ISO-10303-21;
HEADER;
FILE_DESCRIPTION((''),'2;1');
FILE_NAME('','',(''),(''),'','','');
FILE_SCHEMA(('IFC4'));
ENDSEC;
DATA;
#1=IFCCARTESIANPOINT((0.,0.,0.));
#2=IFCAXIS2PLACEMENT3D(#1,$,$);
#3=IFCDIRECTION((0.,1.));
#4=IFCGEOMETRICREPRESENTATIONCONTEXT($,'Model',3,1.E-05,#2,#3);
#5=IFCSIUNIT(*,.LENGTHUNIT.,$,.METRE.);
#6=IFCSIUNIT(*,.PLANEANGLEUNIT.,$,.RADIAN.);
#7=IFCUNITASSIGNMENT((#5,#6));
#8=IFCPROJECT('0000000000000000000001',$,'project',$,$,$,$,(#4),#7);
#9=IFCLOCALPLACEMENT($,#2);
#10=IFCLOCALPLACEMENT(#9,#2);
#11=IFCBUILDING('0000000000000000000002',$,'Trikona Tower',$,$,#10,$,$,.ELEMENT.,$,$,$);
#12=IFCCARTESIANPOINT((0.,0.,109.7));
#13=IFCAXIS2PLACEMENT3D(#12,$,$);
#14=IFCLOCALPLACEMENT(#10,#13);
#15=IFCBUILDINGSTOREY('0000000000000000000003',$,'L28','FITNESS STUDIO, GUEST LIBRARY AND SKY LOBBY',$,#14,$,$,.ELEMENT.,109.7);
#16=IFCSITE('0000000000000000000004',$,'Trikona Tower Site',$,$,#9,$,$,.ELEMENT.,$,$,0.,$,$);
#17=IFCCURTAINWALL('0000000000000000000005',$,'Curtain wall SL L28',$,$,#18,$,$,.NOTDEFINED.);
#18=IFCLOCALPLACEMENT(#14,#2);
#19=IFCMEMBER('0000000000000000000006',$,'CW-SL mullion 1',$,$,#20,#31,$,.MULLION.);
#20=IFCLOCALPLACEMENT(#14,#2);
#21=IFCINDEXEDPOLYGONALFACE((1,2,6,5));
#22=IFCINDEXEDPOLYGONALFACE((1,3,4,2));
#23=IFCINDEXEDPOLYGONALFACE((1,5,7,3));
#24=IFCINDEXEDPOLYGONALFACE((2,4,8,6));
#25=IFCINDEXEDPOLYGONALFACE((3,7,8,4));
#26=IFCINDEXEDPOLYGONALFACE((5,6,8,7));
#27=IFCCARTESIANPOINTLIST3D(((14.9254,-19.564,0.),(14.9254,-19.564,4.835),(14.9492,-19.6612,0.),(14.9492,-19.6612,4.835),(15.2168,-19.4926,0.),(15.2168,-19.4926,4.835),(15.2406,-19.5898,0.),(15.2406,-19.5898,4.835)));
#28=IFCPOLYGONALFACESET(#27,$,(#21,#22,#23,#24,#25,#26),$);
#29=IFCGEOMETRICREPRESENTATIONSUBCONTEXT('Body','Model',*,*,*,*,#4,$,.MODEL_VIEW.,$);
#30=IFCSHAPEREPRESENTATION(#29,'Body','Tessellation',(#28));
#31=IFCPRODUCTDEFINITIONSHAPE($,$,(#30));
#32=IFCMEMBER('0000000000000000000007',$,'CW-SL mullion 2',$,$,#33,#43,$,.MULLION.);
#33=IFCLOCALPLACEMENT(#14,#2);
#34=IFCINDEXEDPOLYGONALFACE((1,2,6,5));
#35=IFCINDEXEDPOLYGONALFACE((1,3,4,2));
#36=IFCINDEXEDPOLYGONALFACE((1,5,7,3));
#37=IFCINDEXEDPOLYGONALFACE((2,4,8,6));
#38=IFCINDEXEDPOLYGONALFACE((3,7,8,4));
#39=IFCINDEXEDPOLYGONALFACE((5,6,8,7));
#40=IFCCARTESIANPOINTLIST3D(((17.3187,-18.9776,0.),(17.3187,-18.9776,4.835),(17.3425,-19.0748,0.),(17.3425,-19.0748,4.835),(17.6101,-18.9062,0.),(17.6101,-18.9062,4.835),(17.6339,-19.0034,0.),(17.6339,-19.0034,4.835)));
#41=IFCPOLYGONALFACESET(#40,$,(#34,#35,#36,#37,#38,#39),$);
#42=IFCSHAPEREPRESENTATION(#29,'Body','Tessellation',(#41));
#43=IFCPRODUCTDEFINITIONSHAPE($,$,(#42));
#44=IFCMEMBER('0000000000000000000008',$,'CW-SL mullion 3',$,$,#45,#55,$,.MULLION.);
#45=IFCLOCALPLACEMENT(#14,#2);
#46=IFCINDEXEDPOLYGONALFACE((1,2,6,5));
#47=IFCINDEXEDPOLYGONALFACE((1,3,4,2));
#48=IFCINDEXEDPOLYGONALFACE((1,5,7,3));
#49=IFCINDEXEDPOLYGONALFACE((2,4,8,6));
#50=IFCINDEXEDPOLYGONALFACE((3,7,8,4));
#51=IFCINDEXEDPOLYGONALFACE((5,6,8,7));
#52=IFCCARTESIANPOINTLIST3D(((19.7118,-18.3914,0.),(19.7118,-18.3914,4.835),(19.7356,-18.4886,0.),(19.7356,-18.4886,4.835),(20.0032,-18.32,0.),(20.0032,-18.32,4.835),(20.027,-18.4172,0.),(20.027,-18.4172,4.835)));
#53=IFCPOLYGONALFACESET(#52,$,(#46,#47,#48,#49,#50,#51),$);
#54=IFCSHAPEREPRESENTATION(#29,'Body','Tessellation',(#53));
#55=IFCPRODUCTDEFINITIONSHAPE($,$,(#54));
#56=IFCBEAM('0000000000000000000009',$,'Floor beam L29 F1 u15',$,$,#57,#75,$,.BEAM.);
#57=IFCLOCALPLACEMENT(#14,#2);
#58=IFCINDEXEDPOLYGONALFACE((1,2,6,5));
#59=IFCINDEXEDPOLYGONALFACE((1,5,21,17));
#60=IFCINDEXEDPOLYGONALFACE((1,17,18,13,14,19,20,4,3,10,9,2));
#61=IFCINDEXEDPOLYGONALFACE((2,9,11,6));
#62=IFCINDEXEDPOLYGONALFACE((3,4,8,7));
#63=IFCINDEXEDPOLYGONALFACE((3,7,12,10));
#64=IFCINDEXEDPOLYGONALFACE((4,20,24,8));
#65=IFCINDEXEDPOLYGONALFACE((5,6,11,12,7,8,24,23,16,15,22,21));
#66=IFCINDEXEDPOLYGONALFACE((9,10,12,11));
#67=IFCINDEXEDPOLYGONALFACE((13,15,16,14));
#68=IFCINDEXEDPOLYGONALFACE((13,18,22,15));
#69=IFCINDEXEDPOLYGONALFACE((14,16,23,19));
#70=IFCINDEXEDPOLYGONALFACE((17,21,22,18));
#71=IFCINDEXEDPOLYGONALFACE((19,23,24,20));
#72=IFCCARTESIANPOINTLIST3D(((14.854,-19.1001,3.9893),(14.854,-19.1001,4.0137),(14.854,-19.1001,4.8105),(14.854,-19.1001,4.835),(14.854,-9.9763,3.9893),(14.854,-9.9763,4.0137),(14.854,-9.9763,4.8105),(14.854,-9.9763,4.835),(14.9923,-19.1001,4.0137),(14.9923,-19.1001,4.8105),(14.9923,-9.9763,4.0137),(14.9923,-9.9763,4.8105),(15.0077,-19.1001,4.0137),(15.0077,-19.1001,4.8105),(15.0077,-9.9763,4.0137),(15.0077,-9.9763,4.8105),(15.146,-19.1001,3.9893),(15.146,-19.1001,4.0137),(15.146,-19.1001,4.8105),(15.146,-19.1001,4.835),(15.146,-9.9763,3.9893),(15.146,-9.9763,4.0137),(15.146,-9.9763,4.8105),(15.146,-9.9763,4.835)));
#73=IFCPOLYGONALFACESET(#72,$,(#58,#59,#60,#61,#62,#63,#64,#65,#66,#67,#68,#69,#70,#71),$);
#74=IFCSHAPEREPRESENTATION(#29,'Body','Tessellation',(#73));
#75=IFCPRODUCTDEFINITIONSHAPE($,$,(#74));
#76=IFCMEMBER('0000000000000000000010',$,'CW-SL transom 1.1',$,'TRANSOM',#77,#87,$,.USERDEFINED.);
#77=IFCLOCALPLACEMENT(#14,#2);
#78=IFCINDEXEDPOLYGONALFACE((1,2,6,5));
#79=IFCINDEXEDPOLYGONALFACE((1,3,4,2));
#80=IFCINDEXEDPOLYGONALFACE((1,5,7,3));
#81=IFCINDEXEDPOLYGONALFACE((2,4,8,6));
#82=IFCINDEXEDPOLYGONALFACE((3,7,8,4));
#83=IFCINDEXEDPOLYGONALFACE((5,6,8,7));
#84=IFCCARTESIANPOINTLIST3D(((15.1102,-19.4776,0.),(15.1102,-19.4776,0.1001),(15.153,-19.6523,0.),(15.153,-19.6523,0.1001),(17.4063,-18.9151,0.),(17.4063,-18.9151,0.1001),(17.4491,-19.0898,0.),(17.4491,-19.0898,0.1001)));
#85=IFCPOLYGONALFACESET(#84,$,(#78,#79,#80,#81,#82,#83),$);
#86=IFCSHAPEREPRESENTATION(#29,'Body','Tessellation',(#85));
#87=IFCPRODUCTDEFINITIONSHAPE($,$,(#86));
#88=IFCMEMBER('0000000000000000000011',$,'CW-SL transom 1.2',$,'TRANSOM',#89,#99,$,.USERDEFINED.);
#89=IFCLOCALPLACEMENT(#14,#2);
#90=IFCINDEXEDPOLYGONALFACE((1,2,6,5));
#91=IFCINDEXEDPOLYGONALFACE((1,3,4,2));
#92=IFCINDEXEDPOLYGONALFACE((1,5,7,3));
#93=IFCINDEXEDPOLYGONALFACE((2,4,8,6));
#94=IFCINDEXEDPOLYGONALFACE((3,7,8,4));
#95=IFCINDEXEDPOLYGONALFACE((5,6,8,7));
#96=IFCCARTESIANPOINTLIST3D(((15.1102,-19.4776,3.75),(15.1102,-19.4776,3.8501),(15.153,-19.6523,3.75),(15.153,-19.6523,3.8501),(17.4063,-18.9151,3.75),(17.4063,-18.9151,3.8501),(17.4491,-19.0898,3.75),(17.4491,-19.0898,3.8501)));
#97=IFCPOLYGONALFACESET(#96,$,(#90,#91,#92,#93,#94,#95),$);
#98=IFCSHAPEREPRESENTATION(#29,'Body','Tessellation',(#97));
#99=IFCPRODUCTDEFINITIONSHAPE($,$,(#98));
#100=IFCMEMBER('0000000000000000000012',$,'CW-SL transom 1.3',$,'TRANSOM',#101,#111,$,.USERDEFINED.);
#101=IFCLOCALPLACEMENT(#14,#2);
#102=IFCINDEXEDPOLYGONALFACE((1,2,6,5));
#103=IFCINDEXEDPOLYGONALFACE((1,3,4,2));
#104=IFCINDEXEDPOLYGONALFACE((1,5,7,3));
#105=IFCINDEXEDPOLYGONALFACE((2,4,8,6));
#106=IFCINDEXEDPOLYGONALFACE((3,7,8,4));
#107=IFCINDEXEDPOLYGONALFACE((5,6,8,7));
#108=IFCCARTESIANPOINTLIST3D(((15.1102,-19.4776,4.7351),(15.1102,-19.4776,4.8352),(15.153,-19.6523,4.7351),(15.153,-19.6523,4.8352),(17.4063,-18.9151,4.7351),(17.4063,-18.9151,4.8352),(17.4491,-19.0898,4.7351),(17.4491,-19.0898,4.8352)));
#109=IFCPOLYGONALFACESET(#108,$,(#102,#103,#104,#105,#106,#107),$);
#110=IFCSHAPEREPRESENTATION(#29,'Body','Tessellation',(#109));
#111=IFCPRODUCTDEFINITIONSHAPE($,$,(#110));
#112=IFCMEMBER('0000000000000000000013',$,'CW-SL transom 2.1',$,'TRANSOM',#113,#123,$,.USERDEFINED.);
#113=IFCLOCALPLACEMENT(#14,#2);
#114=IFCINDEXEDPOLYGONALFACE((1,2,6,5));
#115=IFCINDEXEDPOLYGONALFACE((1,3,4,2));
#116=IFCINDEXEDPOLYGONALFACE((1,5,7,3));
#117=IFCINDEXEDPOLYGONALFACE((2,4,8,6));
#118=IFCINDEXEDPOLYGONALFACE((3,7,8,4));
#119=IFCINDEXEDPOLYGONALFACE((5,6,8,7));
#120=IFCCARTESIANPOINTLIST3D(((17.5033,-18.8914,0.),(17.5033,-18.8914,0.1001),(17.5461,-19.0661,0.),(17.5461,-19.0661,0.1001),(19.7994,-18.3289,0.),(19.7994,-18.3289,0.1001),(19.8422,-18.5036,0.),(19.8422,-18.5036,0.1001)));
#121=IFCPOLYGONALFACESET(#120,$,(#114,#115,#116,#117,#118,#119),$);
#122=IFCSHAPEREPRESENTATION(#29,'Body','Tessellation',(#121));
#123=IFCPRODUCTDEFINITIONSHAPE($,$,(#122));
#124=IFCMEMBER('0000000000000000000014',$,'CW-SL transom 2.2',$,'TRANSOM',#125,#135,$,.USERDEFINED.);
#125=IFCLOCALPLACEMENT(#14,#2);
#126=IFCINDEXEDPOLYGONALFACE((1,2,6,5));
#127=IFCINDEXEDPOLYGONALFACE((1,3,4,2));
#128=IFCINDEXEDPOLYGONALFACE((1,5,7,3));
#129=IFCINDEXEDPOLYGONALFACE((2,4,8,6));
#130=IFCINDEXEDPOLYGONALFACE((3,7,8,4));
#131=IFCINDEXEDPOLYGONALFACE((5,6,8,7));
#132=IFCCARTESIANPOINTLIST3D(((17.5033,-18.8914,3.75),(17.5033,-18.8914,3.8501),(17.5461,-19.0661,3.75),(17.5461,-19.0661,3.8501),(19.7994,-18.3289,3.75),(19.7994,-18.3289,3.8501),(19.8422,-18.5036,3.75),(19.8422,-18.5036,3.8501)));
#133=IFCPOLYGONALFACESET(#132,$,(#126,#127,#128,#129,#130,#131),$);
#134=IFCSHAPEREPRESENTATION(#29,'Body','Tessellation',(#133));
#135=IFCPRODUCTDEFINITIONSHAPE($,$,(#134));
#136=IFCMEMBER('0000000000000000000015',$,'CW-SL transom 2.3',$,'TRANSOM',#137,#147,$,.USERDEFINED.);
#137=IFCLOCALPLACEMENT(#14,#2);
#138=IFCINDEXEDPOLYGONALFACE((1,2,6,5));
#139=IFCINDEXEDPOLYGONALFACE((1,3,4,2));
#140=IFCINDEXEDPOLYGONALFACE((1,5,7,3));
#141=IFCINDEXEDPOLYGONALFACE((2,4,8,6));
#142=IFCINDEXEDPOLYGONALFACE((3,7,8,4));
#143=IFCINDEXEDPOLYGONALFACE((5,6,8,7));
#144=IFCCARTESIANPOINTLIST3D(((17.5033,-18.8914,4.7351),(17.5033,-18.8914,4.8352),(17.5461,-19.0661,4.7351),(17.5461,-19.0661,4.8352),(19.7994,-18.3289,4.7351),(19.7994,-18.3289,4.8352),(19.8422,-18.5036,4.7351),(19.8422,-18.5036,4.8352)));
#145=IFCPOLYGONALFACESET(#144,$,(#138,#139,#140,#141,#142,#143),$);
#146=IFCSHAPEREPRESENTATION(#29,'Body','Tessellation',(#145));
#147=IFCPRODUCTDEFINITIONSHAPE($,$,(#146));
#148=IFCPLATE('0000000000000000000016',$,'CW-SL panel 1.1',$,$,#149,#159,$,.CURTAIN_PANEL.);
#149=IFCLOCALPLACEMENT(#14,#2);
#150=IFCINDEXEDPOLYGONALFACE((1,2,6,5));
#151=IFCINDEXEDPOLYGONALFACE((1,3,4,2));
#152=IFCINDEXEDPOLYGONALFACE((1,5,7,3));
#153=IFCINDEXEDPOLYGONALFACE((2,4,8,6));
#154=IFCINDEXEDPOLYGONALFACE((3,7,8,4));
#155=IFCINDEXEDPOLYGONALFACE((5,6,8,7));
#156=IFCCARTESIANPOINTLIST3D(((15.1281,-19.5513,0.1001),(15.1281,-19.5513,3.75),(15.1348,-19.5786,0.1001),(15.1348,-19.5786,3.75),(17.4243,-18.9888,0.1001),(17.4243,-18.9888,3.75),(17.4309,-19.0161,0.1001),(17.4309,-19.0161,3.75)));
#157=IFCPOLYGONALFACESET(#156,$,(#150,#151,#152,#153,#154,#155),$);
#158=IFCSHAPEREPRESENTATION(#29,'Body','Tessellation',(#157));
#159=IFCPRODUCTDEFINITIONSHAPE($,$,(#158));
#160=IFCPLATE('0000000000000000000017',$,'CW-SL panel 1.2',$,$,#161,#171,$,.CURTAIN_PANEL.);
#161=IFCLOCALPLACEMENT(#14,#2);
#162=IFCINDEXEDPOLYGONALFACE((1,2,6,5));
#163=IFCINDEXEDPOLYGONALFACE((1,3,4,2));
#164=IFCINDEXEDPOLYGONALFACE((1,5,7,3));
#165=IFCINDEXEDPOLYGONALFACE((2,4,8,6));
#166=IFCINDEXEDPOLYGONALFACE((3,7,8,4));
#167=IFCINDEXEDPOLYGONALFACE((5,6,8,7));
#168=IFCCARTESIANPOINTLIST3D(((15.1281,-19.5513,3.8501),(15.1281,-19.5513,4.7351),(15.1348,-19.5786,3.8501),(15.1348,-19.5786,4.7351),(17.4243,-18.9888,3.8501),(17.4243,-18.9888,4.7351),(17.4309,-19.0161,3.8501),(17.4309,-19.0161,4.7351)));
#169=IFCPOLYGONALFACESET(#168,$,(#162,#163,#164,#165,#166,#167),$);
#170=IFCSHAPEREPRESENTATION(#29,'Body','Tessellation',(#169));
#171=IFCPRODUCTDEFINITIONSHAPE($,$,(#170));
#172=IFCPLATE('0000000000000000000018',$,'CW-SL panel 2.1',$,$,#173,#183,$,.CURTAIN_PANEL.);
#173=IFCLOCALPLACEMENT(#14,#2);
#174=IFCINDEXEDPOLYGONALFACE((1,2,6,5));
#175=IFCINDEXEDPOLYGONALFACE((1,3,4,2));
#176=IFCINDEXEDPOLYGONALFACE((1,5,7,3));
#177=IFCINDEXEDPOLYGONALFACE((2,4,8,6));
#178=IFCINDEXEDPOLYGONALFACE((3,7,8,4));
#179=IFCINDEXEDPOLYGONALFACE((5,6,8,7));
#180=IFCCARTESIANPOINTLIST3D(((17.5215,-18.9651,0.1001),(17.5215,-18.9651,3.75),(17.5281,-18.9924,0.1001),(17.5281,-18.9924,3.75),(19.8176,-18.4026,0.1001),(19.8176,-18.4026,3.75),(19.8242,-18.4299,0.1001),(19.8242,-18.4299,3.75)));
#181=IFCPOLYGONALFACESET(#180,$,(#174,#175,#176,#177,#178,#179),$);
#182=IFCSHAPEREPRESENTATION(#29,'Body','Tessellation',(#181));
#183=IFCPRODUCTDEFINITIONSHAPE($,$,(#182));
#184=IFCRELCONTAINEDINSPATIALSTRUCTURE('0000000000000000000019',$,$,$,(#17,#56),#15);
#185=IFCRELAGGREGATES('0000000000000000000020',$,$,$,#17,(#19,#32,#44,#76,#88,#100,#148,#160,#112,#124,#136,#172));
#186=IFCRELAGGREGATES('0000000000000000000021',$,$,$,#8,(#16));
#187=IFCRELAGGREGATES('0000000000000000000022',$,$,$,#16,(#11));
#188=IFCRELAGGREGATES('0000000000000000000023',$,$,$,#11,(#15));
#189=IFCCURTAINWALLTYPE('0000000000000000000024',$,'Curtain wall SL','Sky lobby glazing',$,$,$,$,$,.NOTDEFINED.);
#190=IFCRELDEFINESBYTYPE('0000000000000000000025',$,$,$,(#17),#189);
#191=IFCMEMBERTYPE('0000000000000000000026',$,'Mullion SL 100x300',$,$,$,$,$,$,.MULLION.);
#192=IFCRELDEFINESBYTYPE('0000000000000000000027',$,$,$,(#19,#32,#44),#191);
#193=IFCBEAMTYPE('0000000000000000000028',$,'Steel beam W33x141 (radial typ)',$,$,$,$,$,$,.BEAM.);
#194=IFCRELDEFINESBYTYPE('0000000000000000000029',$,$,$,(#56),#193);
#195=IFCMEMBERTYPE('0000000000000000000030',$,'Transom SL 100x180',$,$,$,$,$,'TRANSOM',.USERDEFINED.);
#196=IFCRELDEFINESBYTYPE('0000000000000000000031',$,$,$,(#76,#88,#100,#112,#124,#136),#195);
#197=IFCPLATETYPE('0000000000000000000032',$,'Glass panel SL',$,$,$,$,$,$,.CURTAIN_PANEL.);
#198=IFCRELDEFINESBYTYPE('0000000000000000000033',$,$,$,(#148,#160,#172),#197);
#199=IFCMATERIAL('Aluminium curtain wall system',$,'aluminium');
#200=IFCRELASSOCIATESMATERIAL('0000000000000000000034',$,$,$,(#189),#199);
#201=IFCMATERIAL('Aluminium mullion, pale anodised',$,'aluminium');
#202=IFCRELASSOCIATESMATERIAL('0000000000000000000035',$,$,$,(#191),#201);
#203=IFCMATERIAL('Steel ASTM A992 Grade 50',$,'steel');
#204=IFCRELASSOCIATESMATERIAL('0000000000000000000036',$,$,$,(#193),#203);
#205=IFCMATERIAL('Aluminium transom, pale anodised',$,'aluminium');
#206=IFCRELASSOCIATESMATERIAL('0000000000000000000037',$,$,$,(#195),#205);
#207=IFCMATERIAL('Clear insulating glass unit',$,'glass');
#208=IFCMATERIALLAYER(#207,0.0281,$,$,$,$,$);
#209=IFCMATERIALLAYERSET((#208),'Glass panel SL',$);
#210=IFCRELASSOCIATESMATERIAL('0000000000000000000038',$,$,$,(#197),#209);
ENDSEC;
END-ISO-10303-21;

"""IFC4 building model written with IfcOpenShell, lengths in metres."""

from ifc_helpers import new_model, si_unit, direction, frame, origin, origin_2d, place, context, subcontext, project, spatial, rectangle, i_section, extrude, material, layer, layer_set, material_profile, profile_set, type_object, element, aggregate, save


model = new_model("IFC4")

# Units and contexts
model_context = context("Model", 3, precision=1e-05, world=origin(), true_north=direction((0.0, 1.0)))
body_context = subcontext(model_context, "Body", "Model", "MODEL_VIEW")
ifc_project = project(units=[si_unit("LENGTHUNIT", "METRE"), si_unit("PLANEANGLEUNIT", "RADIAN")], contexts=[model_context])

# Site, building, storey
site_placement = place(None, origin())
site = spatial("IfcSite", under=ifc_project, at=site_placement, Name="Trikona Tower Site", CompositionType="ELEMENT", RefElevation=0.0)
building_placement = place(site_placement, origin())
building = spatial("IfcBuilding", under=site, at=building_placement, Name="Trikona Tower", CompositionType="ELEMENT")
storey_placement = place(building_placement, frame((0.0, 0.0, 109.7)))
storey = spatial("IfcBuildingStorey", under=building, at=storey_placement, Name="L28", Description="FITNESS STUDIO, GUEST LIBRARY AND SKY LOBBY", CompositionType="ELEMENT", Elevation=109.7)

# Curtain wall, members
ifc_material_1 = material(Name="Aluminium curtain wall system", Category="aluminium")
curtain_wall_type = type_object("IfcCurtainWallType", Name="Curtain wall SL", Description="Sky lobby glazing", PredefinedType="NOTDEFINED", material=ifc_material_1)
curtain_wall_placement = place(storey_placement, origin())
curtain_wall = element("IfcCurtainWall", 1, at=curtain_wall_placement, inside=storey, type_object=curtain_wall_type, Name="Curtain wall SL L28", PredefinedType="NOTDEFINED")
ifc_material_2 = material(Name="Aluminium mullion, pale anodised", Category="aluminium")
ifc_material_profile_1 = material_profile(ifc_material_2, rectangle(XDim=0.1001, YDim=0.3, at=origin_2d()), Name="MUL-SL")
ifc_profile_set_1 = profile_set([ifc_material_profile_1], Name="Aluminium mullion, pale anodised")
member_type_1 = type_object("IfcMemberType", Name="Mullion SL 100x300", PredefinedType="MULLION", material=ifc_profile_set_1)
member_1_placement = place(storey_placement, frame((15.083, -19.5769, 0.0), z_axis=(0.0, 0.0, 1.0), x_axis=(-0.237956, 0.971276, 0.0)))
member_1 = element("IfcMember", 2, at=member_1_placement, type_object=member_type_1, Name="CW-SL mullion 1", PredefinedType="MULLION", context=body_context, shape_type="SweptSolid", body=[
    extrude(rectangle(XDim=0.1001, YDim=0.3, at=origin_2d()), origin(), (0.0, 0.0, 1.0), 4.835),
])
member_2_placement = place(storey_placement, frame((17.4763, -18.9905, 0.0), z_axis=(0.0, 0.0, 1.0), x_axis=(-0.237956, 0.971276, 0.0)))
member_2 = element("IfcMember", 3, at=member_2_placement, type_object=member_type_1, Name="CW-SL mullion 2", PredefinedType="MULLION", context=body_context, shape_type="SweptSolid", body=[
    extrude(rectangle(XDim=0.1001, YDim=0.3, at=origin_2d()), origin(), (0.0, 0.0, 1.0), 4.835),
])
member_3_placement = place(storey_placement, frame((19.8694, -18.4043, 0.0), z_axis=(0.0, 0.0, 1.0), x_axis=(-0.237956, 0.971276, 0.0)))
member_3 = element("IfcMember", 4, at=member_3_placement, type_object=member_type_1, Name="CW-SL mullion 3", PredefinedType="MULLION", context=body_context, shape_type="SweptSolid", body=[
    extrude(rectangle(XDim=0.1001, YDim=0.3, at=origin_2d()), origin(), (0.0, 0.0, 1.0), 4.835),
])

# Beam
ifc_material_3 = material(Name="Steel ASTM A992 Grade 50", Category="steel")
ifc_material_profile_2 = material_profile(ifc_material_3, i_section(OverallWidth=0.292, OverallDepth=0.8457, WebThickness=0.0154, FlangeThickness=0.0244, at=origin_2d()), Name="W33X141")
ifc_profile_set_2 = profile_set([ifc_material_profile_2], Name="Steel ASTM A992 Grade 50")
beam_type = type_object("IfcBeamType", Name="Steel beam W33x141 (radial typ)", PredefinedType="BEAM", material=ifc_profile_set_2)
beam_placement = place(storey_placement, frame((15.0, -9.9763, 4.4121), z_axis=(0.0, -1.0, 0.0), x_axis=(1.0, 0.0, 0.0)))
element("IfcBeam", 5, at=beam_placement, inside=storey, type_object=beam_type, Name="Floor beam L29 F1 u15", PredefinedType="BEAM", context=body_context, shape_type="SweptSolid", body=[
    extrude(i_section(OverallWidth=0.292, OverallDepth=0.8457, WebThickness=0.0154, FlangeThickness=0.0244, at=origin_2d()), origin(), (0.0, 0.0, 1.0), 9.1238),
])

# Members
ifc_material_4 = material(Name="Aluminium transom, pale anodised", Category="aluminium")
ifc_material_profile_3 = material_profile(ifc_material_4, rectangle(XDim=0.1799, YDim=0.1001, at=origin_2d()), Name="TRN-SL")
ifc_profile_set_3 = profile_set([ifc_material_profile_3], Name="Aluminium transom, pale anodised")
member_type_2 = type_object("IfcMemberType", Name="Transom SL 100x180", ElementType="TRANSOM", PredefinedType="USERDEFINED", material=ifc_profile_set_3)
member_4_placement = place(storey_placement, frame((15.1316, -19.5649, 0.05), z_axis=(0.97128, 0.23794, 0.0), x_axis=(-0.23794, 0.97128, 0.0)))
member_4 = element("IfcMember", 6, at=member_4_placement, type_object=member_type_2, Name="CW-SL transom 1.1", ObjectType="TRANSOM", PredefinedType="USERDEFINED", context=body_context, shape_type="SweptSolid", body=[
    extrude(rectangle(XDim=0.1799, YDim=0.1001, at=origin_2d()), origin(), (0.0, 0.0, 1.0), 2.364),
])
member_5_placement = place(storey_placement, frame((15.1316, -19.5649, 3.8), z_axis=(0.97128, 0.23794, 0.0), x_axis=(-0.23794, 0.97128, 0.0)))
member_5 = element("IfcMember", 7, at=member_5_placement, type_object=member_type_2, Name="CW-SL transom 1.2", ObjectType="TRANSOM", PredefinedType="USERDEFINED", context=body_context, shape_type="SweptSolid", body=[
    extrude(rectangle(XDim=0.1799, YDim=0.1001, at=origin_2d()), origin(), (0.0, 0.0, 1.0), 2.364),
])
member_6_placement = place(storey_placement, frame((15.1316, -19.5649, 4.7852), z_axis=(0.97128, 0.23794, 0.0), x_axis=(-0.23794, 0.97128, 0.0)))
member_6 = element("IfcMember", 8, at=member_6_placement, type_object=member_type_2, Name="CW-SL transom 1.3", ObjectType="TRANSOM", PredefinedType="USERDEFINED", context=body_context, shape_type="SweptSolid", body=[
    extrude(rectangle(XDim=0.1799, YDim=0.1001, at=origin_2d()), origin(), (0.0, 0.0, 1.0), 2.364),
])
member_7_placement = place(storey_placement, frame((17.5247, -18.9788, 0.05), z_axis=(0.97128, 0.23794, 0.0), x_axis=(-0.23794, 0.97128, 0.0)))
member_7 = element("IfcMember", 9, at=member_7_placement, type_object=member_type_2, Name="CW-SL transom 2.1", ObjectType="TRANSOM", PredefinedType="USERDEFINED", context=body_context, shape_type="SweptSolid", body=[
    extrude(rectangle(XDim=0.1799, YDim=0.1001, at=origin_2d()), origin(), (0.0, 0.0, 1.0), 2.364),
])
member_8_placement = place(storey_placement, frame((17.5247, -18.9788, 3.8), z_axis=(0.97128, 0.23794, 0.0), x_axis=(-0.23794, 0.97128, 0.0)))
member_8 = element("IfcMember", 10, at=member_8_placement, type_object=member_type_2, Name="CW-SL transom 2.2", ObjectType="TRANSOM", PredefinedType="USERDEFINED", context=body_context, shape_type="SweptSolid", body=[
    extrude(rectangle(XDim=0.1799, YDim=0.1001, at=origin_2d()), origin(), (0.0, 0.0, 1.0), 2.364),
])
member_9_placement = place(storey_placement, frame((17.5247, -18.9788, 4.7852), z_axis=(0.97128, 0.23794, 0.0), x_axis=(-0.23794, 0.97128, 0.0)))
member_9 = element("IfcMember", 11, at=member_9_placement, type_object=member_type_2, Name="CW-SL transom 2.3", ObjectType="TRANSOM", PredefinedType="USERDEFINED", context=body_context, shape_type="SweptSolid", body=[
    extrude(rectangle(XDim=0.1799, YDim=0.1001, at=origin_2d()), origin(), (0.0, 0.0, 1.0), 2.364),
])

# Plates
ifc_material_5 = material(Name="Clear insulating glass unit", Category="glass")
ifc_layer_1 = layer(ifc_material_5, 0.0281)
ifc_layer_set_1 = layer_set([ifc_layer_1], Name="Glass panel SL")
plate_type = type_object("IfcPlateType", Name="Glass panel SL", PredefinedType="CURTAIN_PANEL", material=ifc_layer_set_1)
plate_1_placement = place(storey_placement, frame((16.2795, -19.2837, 0.1001), z_axis=(0.0, 0.0, 1.0), x_axis=(0.971276, 0.237956, 0.0)))
plate_1 = element("IfcPlate", 12, at=plate_1_placement, type_object=plate_type, Name="CW-SL panel 1.1", PredefinedType="CURTAIN_PANEL", context=body_context, shape_type="SweptSolid", body=[
    extrude(rectangle(XDim=2.364, YDim=0.0281, at=origin_2d()), origin(), (0.0, 0.0, 1.0), 3.6499),
])
plate_2_placement = place(storey_placement, frame((16.2795, -19.2837, 3.8501), z_axis=(0.0, 0.0, 1.0), x_axis=(0.971276, 0.237956, 0.0)))
plate_2 = element("IfcPlate", 13, at=plate_2_placement, type_object=plate_type, Name="CW-SL panel 1.2", PredefinedType="CURTAIN_PANEL", context=body_context, shape_type="SweptSolid", body=[
    extrude(rectangle(XDim=2.364, YDim=0.0281, at=origin_2d()), origin(), (0.0, 0.0, 1.0), 0.885),
])
plate_3_placement = place(storey_placement, frame((18.6729, -18.6975, 0.1001), z_axis=(0.0, 0.0, 1.0), x_axis=(0.971276, 0.237956, 0.0)))
plate_3 = element("IfcPlate", 14, at=plate_3_placement, type_object=plate_type, Name="CW-SL panel 2.1", PredefinedType="CURTAIN_PANEL", context=body_context, shape_type="SweptSolid", body=[
    extrude(rectangle(XDim=2.364, YDim=0.0281, at=origin_2d()), origin(), (0.0, 0.0, 1.0), 3.6499),
])
aggregate(curtain_wall, [member_1, member_2, member_3, member_4, member_5, member_6, plate_1, plate_2, member_7, member_8, member_9, plate_3])

save(model, "model.ifc")
